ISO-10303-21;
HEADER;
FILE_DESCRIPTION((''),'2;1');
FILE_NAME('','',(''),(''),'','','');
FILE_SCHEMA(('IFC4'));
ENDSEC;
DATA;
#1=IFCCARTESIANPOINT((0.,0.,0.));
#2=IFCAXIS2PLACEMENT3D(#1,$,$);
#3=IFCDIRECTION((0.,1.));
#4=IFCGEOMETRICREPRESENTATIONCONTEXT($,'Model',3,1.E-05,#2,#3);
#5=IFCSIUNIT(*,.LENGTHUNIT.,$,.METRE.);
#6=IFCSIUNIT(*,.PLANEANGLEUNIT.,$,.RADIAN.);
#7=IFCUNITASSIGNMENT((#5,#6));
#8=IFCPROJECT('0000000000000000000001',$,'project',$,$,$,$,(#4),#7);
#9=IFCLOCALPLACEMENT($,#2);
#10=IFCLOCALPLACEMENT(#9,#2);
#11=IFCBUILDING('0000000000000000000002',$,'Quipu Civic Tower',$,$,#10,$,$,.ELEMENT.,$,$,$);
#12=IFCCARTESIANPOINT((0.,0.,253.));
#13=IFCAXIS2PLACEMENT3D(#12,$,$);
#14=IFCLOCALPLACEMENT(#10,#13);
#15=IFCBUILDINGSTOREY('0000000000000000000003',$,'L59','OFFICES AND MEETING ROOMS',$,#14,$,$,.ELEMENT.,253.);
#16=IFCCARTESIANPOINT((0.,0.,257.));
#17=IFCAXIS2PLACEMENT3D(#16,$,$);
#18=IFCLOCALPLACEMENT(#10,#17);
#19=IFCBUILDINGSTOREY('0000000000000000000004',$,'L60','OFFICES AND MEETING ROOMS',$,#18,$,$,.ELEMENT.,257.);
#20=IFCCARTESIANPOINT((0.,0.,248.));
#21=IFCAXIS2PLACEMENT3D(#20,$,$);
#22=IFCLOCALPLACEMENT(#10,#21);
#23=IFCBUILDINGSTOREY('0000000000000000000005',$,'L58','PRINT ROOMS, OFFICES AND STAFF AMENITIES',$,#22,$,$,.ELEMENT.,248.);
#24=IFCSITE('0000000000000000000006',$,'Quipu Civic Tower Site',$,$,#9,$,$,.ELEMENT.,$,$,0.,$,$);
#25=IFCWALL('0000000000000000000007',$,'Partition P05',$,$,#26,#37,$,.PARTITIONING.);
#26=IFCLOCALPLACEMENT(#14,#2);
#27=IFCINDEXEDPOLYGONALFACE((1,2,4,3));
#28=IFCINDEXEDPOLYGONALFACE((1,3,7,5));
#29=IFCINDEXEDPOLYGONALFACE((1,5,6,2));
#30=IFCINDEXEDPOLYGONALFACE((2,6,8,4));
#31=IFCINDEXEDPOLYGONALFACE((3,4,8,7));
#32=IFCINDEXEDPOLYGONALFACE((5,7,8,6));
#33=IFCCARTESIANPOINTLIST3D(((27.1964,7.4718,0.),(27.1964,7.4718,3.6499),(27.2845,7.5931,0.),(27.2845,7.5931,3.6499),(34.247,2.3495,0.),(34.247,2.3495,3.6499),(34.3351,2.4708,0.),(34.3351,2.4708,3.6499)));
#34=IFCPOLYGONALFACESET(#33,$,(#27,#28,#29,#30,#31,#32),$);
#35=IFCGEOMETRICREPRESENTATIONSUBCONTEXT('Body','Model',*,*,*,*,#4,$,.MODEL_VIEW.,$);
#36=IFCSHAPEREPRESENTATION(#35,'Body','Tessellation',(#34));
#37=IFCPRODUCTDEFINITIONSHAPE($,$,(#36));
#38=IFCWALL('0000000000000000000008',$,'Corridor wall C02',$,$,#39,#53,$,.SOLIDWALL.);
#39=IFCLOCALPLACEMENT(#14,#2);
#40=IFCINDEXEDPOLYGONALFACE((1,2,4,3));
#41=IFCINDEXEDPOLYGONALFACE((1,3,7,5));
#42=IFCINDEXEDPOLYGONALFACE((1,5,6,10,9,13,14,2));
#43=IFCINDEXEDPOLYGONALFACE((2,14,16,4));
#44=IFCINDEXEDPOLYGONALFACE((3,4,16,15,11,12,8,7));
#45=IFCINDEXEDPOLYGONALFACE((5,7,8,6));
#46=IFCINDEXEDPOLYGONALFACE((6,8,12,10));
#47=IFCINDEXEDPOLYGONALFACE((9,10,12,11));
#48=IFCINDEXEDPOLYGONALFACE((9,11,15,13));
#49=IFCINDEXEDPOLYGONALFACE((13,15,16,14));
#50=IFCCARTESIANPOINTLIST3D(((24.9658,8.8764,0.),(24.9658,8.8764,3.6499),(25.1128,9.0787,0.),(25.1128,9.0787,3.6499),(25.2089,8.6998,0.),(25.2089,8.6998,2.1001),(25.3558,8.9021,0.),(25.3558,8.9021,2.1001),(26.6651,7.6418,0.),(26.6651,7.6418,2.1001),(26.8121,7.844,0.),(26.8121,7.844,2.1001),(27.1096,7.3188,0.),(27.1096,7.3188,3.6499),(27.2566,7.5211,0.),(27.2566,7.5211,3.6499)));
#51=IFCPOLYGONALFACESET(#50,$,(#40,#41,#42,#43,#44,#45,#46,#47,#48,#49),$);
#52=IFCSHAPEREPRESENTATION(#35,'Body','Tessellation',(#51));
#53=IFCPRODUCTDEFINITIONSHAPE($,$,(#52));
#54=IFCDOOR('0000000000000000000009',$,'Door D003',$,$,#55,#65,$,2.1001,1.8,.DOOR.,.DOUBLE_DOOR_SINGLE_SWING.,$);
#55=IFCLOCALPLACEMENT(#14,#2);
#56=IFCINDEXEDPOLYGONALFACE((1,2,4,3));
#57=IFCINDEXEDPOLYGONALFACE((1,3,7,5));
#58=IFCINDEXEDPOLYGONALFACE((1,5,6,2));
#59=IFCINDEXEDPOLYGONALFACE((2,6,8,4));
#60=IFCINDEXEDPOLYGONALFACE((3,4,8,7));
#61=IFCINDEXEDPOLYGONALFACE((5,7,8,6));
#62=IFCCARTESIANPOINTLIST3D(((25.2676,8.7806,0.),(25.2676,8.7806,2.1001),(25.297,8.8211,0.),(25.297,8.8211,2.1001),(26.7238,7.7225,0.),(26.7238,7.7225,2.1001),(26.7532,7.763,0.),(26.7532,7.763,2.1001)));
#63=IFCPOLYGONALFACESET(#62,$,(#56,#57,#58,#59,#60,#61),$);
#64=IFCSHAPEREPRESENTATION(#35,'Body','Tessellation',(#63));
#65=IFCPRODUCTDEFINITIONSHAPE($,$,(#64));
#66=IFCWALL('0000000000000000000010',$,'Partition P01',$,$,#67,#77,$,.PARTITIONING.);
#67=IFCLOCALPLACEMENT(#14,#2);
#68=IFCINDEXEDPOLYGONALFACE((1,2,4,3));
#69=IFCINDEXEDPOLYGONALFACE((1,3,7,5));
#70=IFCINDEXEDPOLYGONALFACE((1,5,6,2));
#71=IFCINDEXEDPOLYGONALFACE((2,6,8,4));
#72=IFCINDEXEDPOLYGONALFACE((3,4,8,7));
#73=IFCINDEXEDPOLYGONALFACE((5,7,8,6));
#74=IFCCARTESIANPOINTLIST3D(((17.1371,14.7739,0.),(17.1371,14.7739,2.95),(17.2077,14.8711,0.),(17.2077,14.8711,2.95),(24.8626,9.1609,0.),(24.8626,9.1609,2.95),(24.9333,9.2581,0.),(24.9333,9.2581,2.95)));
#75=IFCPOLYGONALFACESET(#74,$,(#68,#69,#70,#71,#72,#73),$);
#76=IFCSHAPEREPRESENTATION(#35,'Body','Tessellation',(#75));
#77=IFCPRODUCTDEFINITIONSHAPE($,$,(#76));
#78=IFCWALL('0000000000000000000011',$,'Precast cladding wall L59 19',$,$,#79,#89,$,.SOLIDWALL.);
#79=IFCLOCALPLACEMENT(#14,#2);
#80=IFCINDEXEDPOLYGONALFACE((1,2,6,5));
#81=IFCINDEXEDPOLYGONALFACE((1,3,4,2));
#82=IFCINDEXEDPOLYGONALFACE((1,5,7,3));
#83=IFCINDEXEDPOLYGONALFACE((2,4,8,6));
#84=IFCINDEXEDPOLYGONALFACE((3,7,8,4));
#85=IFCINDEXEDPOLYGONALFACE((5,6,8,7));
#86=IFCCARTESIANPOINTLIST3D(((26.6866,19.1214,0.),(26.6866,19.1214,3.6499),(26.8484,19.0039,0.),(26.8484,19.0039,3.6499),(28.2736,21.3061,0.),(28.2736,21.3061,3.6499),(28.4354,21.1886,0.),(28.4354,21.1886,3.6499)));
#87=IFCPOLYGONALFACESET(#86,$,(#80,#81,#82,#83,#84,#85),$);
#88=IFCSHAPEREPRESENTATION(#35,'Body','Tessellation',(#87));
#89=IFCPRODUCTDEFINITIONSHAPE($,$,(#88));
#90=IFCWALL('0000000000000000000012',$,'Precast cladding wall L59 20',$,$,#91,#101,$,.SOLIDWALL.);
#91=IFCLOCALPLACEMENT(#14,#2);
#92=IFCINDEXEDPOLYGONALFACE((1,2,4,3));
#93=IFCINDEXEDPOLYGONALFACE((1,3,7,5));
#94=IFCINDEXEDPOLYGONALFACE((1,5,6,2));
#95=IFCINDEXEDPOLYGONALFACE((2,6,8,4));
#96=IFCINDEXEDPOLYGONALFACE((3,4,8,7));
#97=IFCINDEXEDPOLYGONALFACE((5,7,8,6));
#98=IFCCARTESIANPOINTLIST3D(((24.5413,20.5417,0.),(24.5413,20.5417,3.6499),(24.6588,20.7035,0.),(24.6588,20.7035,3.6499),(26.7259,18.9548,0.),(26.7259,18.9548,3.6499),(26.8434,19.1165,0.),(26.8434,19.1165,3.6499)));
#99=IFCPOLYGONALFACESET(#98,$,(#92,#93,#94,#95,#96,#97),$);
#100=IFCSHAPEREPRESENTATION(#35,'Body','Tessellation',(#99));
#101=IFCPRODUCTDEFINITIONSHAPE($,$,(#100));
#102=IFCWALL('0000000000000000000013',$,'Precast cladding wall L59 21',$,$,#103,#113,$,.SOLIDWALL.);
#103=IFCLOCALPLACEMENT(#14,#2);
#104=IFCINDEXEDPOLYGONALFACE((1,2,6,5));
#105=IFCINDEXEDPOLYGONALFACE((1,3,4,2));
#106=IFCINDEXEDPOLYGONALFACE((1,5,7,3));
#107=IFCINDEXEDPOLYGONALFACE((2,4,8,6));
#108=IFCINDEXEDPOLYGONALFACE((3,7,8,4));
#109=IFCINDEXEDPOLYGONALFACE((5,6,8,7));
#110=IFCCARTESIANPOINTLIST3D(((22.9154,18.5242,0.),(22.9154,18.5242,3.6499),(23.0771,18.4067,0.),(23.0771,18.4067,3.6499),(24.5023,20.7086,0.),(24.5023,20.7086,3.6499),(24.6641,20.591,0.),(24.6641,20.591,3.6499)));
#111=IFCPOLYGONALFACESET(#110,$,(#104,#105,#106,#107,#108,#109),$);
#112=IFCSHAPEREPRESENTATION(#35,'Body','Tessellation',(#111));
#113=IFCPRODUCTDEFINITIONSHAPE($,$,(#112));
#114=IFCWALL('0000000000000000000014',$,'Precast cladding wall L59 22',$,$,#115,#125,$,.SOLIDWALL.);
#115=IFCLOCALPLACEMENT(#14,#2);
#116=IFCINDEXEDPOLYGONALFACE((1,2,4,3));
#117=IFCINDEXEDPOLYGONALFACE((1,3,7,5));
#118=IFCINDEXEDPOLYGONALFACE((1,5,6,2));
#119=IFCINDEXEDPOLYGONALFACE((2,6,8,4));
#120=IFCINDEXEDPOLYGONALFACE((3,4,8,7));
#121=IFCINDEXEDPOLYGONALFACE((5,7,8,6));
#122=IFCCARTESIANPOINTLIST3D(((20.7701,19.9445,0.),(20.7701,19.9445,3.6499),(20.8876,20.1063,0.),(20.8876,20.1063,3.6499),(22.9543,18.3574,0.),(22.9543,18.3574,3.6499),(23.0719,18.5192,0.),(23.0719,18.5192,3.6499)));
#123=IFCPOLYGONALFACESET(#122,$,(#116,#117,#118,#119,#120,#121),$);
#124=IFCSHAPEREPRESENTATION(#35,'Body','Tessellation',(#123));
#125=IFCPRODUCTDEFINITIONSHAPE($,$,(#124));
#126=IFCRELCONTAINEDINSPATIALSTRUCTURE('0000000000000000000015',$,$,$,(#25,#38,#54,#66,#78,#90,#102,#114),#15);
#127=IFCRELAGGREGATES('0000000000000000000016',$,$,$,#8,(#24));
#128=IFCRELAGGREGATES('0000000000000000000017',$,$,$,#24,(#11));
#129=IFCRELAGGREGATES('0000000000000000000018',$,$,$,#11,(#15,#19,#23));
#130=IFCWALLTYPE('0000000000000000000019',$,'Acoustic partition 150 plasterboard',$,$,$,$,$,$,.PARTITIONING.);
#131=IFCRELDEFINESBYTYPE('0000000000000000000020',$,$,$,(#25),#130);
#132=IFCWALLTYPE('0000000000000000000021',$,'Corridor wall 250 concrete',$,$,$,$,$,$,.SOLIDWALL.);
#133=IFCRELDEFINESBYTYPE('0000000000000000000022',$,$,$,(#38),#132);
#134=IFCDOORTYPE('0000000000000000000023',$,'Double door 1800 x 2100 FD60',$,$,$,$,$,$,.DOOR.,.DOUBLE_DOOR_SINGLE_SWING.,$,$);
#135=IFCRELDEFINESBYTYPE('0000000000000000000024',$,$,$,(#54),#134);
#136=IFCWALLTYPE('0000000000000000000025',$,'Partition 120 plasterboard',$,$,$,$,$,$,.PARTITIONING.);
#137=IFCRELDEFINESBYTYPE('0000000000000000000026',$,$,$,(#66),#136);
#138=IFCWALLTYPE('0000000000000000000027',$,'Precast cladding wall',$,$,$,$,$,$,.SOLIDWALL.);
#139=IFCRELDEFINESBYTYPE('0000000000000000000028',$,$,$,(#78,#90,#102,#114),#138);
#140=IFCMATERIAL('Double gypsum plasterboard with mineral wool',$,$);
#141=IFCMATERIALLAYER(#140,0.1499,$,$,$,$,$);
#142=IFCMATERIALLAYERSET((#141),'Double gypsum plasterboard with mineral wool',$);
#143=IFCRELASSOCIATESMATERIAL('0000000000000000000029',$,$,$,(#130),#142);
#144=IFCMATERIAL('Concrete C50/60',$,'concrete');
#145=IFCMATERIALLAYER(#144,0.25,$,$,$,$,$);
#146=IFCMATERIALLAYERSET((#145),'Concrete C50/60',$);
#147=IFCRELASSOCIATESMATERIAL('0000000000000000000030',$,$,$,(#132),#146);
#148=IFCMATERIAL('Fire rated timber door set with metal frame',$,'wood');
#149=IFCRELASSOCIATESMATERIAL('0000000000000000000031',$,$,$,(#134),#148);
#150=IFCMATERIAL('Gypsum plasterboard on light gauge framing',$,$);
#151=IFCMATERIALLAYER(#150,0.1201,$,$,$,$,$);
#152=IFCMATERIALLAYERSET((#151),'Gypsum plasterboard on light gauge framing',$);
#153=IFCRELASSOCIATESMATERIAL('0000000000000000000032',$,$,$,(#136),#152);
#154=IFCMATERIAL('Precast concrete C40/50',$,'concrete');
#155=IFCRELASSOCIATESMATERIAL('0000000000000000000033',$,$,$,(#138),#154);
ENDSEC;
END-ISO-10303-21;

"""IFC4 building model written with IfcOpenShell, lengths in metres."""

from ifc_helpers import new_model, si_unit, direction, frame, frame_2d, origin, place, context, subcontext, project, spatial, rectangle, extrude, material, layer, layer_set, type_object, element, fill, save


model = new_model("IFC4")

# Units and contexts
model_context = context("Model", 3, precision=1e-05, world=origin(), true_north=direction((0.0, 1.0)))
body_context = subcontext(model_context, "Body", "Model", "MODEL_VIEW")
ifc_project = project(units=[si_unit("LENGTHUNIT", "METRE"), si_unit("PLANEANGLEUNIT", "RADIAN")], contexts=[model_context])

# Site, building, storey
site_placement = place(None, origin())
site = spatial("IfcSite", under=ifc_project, at=site_placement, Name="Quipu Civic Tower Site", CompositionType="ELEMENT", RefElevation=0.0)
building_placement = place(site_placement, origin())
building = spatial("IfcBuilding", under=site, at=building_placement, Name="Quipu Civic Tower", CompositionType="ELEMENT")
storey_1_placement = place(building_placement, frame((0.0, 0.0, 253.0)))
storey_1 = spatial("IfcBuildingStorey", under=building, at=storey_1_placement, Name="L59", Description="OFFICES AND MEETING ROOMS", CompositionType="ELEMENT", Elevation=253.0)

# Shared definitions
storey_2_placement = place(building_placement, frame((0.0, 0.0, 257.0)))
storey_2 = spatial("IfcBuildingStorey", under=building, at=storey_2_placement, Name="L60", Description="OFFICES AND MEETING ROOMS", CompositionType="ELEMENT", Elevation=257.0)

# Shared definitions
storey_3_placement = place(building_placement, frame((0.0, 0.0, 248.0)))
storey_3 = spatial("IfcBuildingStorey", under=building, at=storey_3_placement, Name="L58", Description="PRINT ROOMS, OFFICES AND STAFF AMENITIES", CompositionType="ELEMENT", Elevation=248.0)

# Wall
ifc_material_1 = material(Name="Double gypsum plasterboard with mineral wool")
ifc_layer_1 = layer(ifc_material_1, 0.1499)
ifc_layer_set_1 = layer_set([ifc_layer_1], Name="Double gypsum plasterboard with mineral wool")
wall_type_1 = type_object("IfcWallType", Name="Acoustic partition 150 plasterboard", PredefinedType="PARTITIONING", material=ifc_layer_set_1)
wall_1_placement = place(storey_1_placement, frame((27.2405, 7.5325, 0.0), z_axis=(0.0, 0.0, 1.0), x_axis=(0.809028, -0.58777, 0.0)))
element("IfcWall", 1, at=wall_1_placement, inside=storey_1, type_object=wall_type_1, Name="Partition P05", PredefinedType="PARTITIONING", context=body_context, shape_type="SweptSolid", body=[
    extrude(rectangle(XDim=8.7148, YDim=0.1499, at=frame_2d((4.3574, 0.0))), origin(), (0.0, 0.0, 1.0), 3.6499),
])

# Wall, opening, door
ifc_material_2 = material(Name="Concrete C50/60", Category="concrete")
ifc_layer_2 = layer(ifc_material_2, 0.25)
ifc_layer_set_2 = layer_set([ifc_layer_2], Name="Concrete C50/60")
wall_type_2 = type_object("IfcWallType", Name="Corridor wall 250 concrete", PredefinedType="SOLIDWALL", material=ifc_layer_set_2)
wall_2_placement = place(storey_1_placement, frame((25.0393, 8.9775, 0.0), z_axis=(0.0, 0.0, 1.0), x_axis=(0.809007, -0.587799, 0.0)))
wall_2 = element("IfcWall", 2, at=wall_2_placement, inside=storey_1, type_object=wall_type_2, Name="Corridor wall C02", PredefinedType="SOLIDWALL", context=body_context, shape_type="SweptSolid", body=[
    extrude(rectangle(XDim=2.6499, YDim=0.25, at=frame_2d((1.325, 0.0))), origin(), (0.0, 0.0, 1.0), 3.6499),
])
opening_placement = place(wall_2_placement, frame((0.3005, 0.0, 0.0)))
opening = element("IfcOpeningElement", 3, at=opening_placement, cuts=wall_2, PredefinedType="OPENING", context=body_context, shape_type="SweptSolid", body=[
    extrude(rectangle(XDim=1.8, YDim=2.1001, at=frame_2d((0.8999, 1.05))), frame((0.0, 0.135, 0.0), z_axis=(0.0, -1.0, 0.0), x_axis=(1.0, 0.0, 0.0)), (0.0, 0.0, 1.0), 0.27),
])
ifc_material_3 = material(Name="Fire rated timber door set with metal frame", Category="wood")
door_type = type_object("IfcDoorType", Name="Double door 1800 x 2100 FD60", OperationType="DOUBLE_DOOR_SINGLE_SWING", PredefinedType="DOOR", material=ifc_material_3)
door_placement = place(opening_placement, origin())
door = element("IfcDoor", 4, at=door_placement, inside=storey_1, type_object=door_type, Name="Door D003", OperationType="DOUBLE_DOOR_SINGLE_SWING", OverallHeight=2.1001, OverallWidth=1.8, PredefinedType="DOOR", context=body_context, shape_type="SweptSolid", body=[
    extrude(rectangle(XDim=1.8, YDim=2.1001, at=frame_2d((0.8999, 1.05))), frame((0.0, 0.0249, 0.0), z_axis=(0.0, -1.0, 0.0), x_axis=(1.0, 0.0, 0.0)), (0.0, 0.0, 1.0), 0.05),
])
fill(opening, door)

# Walls
ifc_material_4 = material(Name="Gypsum plasterboard on light gauge framing")
ifc_layer_3 = layer(ifc_material_4, 0.1201)
ifc_layer_set_3 = layer_set([ifc_layer_3], Name="Gypsum plasterboard on light gauge framing")
wall_type_3 = type_object("IfcWallType", Name="Partition 120 plasterboard", PredefinedType="PARTITIONING", material=ifc_layer_set_3)
wall_3_placement = place(storey_1_placement, frame((24.8979, 9.2095, 0.0), z_axis=(0.0, 0.0, 1.0), x_axis=(-0.809013, 0.58779, 0.0)))
element("IfcWall", 5, at=wall_3_placement, inside=storey_1, type_object=wall_type_3, Name="Partition P01", PredefinedType="PARTITIONING", context=body_context, shape_type="SweptSolid", body=[
    extrude(rectangle(XDim=9.5493, YDim=0.1201, at=frame_2d((4.7747, 0.0))), origin(), (0.0, 0.0, 1.0), 2.95),
])
ifc_material_5 = material(Name="Precast concrete C40/50", Category="concrete")
wall_type_4 = type_object("IfcWallType", Name="Precast cladding wall", PredefinedType="SOLIDWALL", material=ifc_material_5)
for number, where, z_axis, x_axis, name in (
    (6, (28.3545, 21.2473, 0.0), (0.0, 0.0, 1.0), (-0.58772, -0.809064, 0.0), "Precast cladding wall L59 19"),
    (7, (26.7847, 19.0356, 0.0), (0.0, 0.0, 1.0), (-0.809064, 0.58772, 0.0), "Precast cladding wall L59 20"),
):
    element("IfcWall", number, at=place(storey_1_placement, frame(where, z_axis=z_axis, x_axis=x_axis)), inside=storey_1, type_object=wall_type_4, Name=name, PredefinedType="SOLIDWALL", context=body_context, shape_type="SweptSolid", body=[
        extrude(rectangle(XDim=2.7002, YDim=0.2, at=frame_2d((1.3501, 0.0))), origin(), (0.0, 0.0, 1.0), 3.6499),
    ])
for number, where, z_axis, x_axis, name in (
    (8, (24.5833, 20.6499, 0.0), (0.0, 0.0, 1.0), (-0.587763, -0.809033, 0.0), "Precast cladding wall L59 21"),
    (9, (23.0132, 18.4382, 0.0), (0.0, 0.0, 1.0), (-0.80899, 0.587822, 0.0), "Precast cladding wall L59 22"),
):
    element("IfcWall", number, at=place(storey_1_placement, frame(where, z_axis=z_axis, x_axis=x_axis)), inside=storey_1, type_object=wall_type_4, Name=name, PredefinedType="SOLIDWALL", context=body_context, shape_type="SweptSolid", body=[
        extrude(rectangle(XDim=2.7, YDim=0.2, at=frame_2d((1.3501, 0.0))), origin(), (0.0, 0.0, 1.0), 3.6499),
    ])

save(model, "model.ifc")
